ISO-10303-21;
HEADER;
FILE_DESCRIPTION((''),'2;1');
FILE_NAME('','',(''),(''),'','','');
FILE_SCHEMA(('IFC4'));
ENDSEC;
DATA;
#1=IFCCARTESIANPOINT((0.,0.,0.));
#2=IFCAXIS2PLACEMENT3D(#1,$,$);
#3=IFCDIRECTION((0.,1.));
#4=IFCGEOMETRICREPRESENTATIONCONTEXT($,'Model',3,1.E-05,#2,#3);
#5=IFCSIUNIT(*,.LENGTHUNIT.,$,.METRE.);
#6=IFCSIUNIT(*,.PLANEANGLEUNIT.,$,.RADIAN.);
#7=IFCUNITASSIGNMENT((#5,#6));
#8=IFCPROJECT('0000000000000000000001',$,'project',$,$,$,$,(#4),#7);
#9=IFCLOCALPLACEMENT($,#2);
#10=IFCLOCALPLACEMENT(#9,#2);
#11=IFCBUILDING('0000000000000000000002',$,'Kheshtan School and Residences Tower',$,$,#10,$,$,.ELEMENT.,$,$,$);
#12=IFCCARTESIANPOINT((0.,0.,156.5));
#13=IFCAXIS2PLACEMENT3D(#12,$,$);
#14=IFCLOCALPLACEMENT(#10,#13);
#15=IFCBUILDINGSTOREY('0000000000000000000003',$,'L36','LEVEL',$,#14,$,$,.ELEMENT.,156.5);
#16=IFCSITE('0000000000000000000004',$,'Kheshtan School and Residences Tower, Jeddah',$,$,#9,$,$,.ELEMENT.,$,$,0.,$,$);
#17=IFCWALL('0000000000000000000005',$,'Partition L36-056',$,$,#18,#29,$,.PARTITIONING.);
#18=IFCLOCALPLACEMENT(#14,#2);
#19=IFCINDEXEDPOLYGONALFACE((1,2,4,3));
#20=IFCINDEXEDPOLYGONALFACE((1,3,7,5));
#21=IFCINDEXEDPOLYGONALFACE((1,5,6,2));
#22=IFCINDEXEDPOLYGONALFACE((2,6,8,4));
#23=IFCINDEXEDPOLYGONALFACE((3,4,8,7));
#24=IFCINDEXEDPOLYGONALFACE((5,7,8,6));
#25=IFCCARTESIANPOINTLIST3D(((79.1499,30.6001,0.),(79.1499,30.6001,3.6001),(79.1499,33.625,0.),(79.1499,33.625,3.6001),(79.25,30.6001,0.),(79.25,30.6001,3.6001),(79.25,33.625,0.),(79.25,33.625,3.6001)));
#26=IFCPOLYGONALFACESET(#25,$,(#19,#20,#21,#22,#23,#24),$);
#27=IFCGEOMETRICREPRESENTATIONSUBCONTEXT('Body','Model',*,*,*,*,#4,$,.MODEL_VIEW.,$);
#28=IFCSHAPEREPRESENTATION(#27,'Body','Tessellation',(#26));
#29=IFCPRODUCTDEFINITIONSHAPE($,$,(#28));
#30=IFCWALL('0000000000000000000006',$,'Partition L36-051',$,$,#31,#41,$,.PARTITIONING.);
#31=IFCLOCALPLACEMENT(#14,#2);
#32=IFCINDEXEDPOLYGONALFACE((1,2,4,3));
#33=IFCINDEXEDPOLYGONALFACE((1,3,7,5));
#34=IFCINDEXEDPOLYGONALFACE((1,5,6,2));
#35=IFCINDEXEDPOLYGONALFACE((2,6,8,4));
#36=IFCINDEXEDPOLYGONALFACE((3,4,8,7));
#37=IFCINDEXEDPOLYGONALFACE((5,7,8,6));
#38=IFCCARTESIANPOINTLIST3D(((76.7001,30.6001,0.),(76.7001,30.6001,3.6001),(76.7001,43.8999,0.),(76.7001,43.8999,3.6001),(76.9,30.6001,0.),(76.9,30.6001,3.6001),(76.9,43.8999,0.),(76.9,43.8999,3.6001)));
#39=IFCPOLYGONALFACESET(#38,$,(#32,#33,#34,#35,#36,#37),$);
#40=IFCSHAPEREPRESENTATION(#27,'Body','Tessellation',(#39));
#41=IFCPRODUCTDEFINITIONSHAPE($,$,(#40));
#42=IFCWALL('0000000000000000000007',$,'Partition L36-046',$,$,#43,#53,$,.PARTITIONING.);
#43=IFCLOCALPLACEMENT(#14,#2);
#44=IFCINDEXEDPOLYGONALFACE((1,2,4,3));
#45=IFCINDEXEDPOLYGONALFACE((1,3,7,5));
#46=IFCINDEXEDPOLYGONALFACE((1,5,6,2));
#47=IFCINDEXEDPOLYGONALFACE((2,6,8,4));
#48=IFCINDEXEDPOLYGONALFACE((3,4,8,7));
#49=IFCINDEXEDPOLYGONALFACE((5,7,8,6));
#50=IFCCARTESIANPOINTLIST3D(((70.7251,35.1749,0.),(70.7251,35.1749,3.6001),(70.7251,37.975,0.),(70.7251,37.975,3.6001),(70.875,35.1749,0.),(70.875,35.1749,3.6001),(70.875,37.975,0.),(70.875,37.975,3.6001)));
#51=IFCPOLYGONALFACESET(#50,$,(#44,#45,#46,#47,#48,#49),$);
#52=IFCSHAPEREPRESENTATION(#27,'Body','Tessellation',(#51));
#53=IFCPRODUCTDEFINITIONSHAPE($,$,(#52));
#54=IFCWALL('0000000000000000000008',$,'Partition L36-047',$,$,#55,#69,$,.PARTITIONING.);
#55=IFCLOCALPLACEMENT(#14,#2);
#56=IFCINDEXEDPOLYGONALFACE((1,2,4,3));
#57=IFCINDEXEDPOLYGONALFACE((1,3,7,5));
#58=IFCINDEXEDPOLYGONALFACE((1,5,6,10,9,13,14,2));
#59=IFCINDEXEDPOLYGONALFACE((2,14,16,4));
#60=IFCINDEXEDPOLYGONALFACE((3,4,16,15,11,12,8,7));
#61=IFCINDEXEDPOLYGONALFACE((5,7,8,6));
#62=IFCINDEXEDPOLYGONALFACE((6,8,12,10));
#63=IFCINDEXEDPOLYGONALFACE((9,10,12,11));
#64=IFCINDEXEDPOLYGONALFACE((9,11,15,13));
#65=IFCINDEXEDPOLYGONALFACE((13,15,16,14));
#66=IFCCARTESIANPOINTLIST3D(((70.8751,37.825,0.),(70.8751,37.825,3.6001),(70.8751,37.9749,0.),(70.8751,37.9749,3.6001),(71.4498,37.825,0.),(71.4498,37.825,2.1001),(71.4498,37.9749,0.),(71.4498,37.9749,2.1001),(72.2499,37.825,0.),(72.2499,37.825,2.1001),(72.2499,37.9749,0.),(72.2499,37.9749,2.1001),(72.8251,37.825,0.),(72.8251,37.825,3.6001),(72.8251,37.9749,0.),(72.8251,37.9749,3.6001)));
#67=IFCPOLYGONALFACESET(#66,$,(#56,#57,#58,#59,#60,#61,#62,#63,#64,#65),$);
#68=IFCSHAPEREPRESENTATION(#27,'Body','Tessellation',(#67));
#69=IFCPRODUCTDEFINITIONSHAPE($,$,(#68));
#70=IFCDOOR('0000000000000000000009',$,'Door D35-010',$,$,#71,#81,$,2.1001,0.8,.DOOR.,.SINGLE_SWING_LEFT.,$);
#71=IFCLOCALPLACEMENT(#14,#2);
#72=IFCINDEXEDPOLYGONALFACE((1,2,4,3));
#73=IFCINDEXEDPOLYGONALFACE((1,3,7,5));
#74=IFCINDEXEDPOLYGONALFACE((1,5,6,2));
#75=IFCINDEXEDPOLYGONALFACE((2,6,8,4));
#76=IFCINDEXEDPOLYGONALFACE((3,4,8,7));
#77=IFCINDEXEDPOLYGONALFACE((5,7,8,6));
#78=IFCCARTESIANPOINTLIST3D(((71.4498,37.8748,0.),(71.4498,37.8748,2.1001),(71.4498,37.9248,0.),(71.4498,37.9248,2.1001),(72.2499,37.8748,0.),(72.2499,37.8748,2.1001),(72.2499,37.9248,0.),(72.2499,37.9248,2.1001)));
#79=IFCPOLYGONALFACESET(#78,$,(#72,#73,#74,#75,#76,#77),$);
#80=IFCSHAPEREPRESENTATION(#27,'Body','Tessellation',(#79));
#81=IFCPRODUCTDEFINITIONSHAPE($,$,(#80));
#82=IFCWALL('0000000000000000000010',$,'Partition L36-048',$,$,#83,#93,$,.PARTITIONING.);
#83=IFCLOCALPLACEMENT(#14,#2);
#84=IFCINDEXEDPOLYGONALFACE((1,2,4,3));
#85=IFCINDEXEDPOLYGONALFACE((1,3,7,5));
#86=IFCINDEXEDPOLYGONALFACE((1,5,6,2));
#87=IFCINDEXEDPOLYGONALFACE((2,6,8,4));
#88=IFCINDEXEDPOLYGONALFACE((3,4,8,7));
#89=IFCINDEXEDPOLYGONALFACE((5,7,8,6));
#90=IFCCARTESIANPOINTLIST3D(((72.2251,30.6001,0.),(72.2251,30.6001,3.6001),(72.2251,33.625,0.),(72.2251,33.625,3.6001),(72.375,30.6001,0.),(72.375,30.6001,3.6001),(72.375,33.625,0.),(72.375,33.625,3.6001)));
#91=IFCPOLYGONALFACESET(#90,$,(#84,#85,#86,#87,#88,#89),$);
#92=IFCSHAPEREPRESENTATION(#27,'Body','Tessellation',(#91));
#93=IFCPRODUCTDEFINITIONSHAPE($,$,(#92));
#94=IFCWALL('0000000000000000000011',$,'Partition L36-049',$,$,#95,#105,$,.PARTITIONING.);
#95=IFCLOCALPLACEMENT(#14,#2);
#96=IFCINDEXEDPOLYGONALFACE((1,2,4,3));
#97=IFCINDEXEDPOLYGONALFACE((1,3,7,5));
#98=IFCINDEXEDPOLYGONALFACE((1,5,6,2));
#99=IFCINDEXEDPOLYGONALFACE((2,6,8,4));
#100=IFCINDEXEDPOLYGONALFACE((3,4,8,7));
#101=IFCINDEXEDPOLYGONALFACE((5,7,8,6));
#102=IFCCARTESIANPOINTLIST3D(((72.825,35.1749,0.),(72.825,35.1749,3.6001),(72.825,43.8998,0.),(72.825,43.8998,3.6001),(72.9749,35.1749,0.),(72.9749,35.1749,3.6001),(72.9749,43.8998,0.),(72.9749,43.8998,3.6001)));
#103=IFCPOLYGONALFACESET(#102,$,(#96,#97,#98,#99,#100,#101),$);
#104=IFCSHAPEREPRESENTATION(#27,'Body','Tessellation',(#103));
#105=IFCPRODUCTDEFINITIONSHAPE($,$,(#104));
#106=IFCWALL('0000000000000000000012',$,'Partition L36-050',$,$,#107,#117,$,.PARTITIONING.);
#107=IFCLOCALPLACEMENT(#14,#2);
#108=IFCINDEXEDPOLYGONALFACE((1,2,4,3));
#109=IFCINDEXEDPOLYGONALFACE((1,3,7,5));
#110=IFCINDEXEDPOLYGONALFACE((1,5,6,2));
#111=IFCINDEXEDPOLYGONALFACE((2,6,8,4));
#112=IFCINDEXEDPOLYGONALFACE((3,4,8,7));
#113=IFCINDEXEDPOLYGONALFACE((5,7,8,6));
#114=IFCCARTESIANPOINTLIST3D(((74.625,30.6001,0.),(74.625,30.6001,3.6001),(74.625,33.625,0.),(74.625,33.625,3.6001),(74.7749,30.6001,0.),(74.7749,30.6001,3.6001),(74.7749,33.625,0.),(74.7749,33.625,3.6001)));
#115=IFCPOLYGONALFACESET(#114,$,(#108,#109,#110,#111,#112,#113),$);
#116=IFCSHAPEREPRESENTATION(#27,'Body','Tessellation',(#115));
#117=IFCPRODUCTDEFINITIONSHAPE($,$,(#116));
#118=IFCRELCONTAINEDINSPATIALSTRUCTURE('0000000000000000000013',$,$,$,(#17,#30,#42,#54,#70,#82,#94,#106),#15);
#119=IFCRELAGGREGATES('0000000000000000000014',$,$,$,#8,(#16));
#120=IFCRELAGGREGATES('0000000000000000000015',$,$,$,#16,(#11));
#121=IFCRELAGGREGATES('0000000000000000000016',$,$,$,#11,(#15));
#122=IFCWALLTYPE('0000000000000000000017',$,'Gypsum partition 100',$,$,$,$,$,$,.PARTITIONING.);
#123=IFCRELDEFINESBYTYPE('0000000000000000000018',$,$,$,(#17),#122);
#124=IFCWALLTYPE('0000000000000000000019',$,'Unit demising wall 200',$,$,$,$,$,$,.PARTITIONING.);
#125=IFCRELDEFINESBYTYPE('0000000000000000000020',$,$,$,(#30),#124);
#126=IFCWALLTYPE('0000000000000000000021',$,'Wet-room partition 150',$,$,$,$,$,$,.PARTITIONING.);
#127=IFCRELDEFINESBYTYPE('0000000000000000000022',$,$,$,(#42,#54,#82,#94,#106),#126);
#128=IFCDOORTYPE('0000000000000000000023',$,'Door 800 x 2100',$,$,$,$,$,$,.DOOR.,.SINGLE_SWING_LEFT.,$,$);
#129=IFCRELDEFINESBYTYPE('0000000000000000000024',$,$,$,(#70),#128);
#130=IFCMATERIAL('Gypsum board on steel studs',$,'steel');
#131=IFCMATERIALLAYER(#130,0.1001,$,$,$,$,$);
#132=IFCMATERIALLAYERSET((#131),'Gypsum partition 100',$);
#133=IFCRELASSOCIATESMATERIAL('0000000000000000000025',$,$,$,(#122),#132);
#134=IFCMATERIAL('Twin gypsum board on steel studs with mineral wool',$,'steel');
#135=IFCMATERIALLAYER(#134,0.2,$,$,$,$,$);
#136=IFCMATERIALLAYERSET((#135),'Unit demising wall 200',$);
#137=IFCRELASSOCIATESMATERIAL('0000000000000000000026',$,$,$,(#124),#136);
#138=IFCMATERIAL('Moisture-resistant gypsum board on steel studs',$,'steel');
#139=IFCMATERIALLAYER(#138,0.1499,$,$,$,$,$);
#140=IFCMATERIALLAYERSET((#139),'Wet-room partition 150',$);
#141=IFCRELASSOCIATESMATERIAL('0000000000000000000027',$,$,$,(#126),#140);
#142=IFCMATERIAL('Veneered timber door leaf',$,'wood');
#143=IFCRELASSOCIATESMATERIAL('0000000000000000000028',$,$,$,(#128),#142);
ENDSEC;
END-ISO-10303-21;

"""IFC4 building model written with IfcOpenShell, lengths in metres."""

from ifc_helpers import new_model, si_unit, direction, frame, frame_2d, origin, place, context, subcontext, project, spatial, rectangle, extrude, source, transform, mapped, material, layer, layer_set, type_object, element, fill, save


model = new_model("IFC4")

# Units and contexts
model_context = context("Model", 3, precision=1e-05, world=origin(), true_north=direction((0.0, 1.0)))
body_context = subcontext(model_context, "Body", "Model", "MODEL_VIEW")
ifc_project = project(units=[si_unit("LENGTHUNIT", "METRE"), si_unit("PLANEANGLEUNIT", "RADIAN")], contexts=[model_context])

# Site, building, storey
site_placement = place(None, origin())
site = spatial("IfcSite", under=ifc_project, at=site_placement, Name="Kheshtan School and Residences Tower, Jeddah", CompositionType="ELEMENT", RefElevation=0.0)
building_placement = place(site_placement, origin())
building = spatial("IfcBuilding", under=site, at=building_placement, Name="Kheshtan School and Residences Tower", CompositionType="ELEMENT")
storey_placement = place(building_placement, frame((0.0, 0.0, 156.5)))
storey = spatial("IfcBuildingStorey", under=building, at=storey_placement, Name="L36", Description="LEVEL", CompositionType="ELEMENT", Elevation=156.5)

# Walls
ifc_material_1 = material(Name="Gypsum board on steel studs", Category="steel")
ifc_layer_1 = layer(ifc_material_1, 0.1001)
ifc_layer_set_1 = layer_set([ifc_layer_1], Name="Gypsum partition 100")
wall_type_1 = type_object("IfcWallType", Name="Gypsum partition 100", PredefinedType="PARTITIONING", material=ifc_layer_set_1)
wall_1_placement = place(storey_placement, frame((79.2, 30.6001, 0.0), z_axis=(0.0, 0.0, 1.0), x_axis=(0.0, 1.0, 0.0)))
element("IfcWall", 1, at=wall_1_placement, inside=storey, type_object=wall_type_1, Name="Partition L36-056", PredefinedType="PARTITIONING", context=body_context, shape_type="SweptSolid", body=[
    extrude(rectangle(XDim=3.0249, YDim=0.1001, at=frame_2d((1.5125, 0.0))), origin(), (0.0, 0.0, 1.0), 3.6001),
])
ifc_material_2 = material(Name="Twin gypsum board on steel studs with mineral wool", Category="steel")
ifc_layer_2 = layer(ifc_material_2, 0.2)
ifc_layer_set_2 = layer_set([ifc_layer_2], Name="Unit demising wall 200")
wall_type_2 = type_object("IfcWallType", Name="Unit demising wall 200", PredefinedType="PARTITIONING", material=ifc_layer_set_2)
wall_2_placement = place(storey_placement, frame((76.8, 30.6001, 0.0), z_axis=(0.0, 0.0, 1.0), x_axis=(0.0, 1.0, 0.0)))
element("IfcWall", 2, at=wall_2_placement, inside=storey, type_object=wall_type_2, Name="Partition L36-051", PredefinedType="PARTITIONING", context=body_context, shape_type="SweptSolid", body=[
    extrude(rectangle(XDim=13.2998, YDim=0.2, at=frame_2d((6.6499, 0.0))), origin(), (0.0, 0.0, 1.0), 3.6001),
])
ifc_material_3 = material(Name="Moisture-resistant gypsum board on steel studs", Category="steel")
ifc_layer_3 = layer(ifc_material_3, 0.1499)
ifc_layer_set_3 = layer_set([ifc_layer_3], Name="Wet-room partition 150")
wall_type_3 = type_object("IfcWallType", Name="Wet-room partition 150", PredefinedType="PARTITIONING", material=ifc_layer_set_3)
wall_3_placement = place(storey_placement, frame((70.8, 35.175, 0.0), z_axis=(0.0, 0.0, 1.0), x_axis=(0.0, 1.0, 0.0)))
element("IfcWall", 3, at=wall_3_placement, inside=storey, type_object=wall_type_3, Name="Partition L36-046", PredefinedType="PARTITIONING", context=body_context, shape_type="SweptSolid", body=[
    extrude(rectangle(XDim=2.8, YDim=0.1499, at=frame_2d((1.3999, 0.0))), origin(), (0.0, 0.0, 1.0), 3.6001),
])

# Wall, opening, door
wall_4_placement = place(storey_placement, frame((70.875, 37.8999, 0.0), z_axis=(0.0, 0.0, 1.0), x_axis=(1.0, 0.0, 0.0)))
wall_4 = element("IfcWall", 4, at=wall_4_placement, inside=storey, type_object=wall_type_3, Name="Partition L36-047", PredefinedType="PARTITIONING", context=body_context, shape_type="SweptSolid", body=[
    extrude(rectangle(XDim=1.95, YDim=0.1499, at=frame_2d((0.9751, 0.0))), origin(), (0.0, 0.0, 1.0), 3.6001),
])
opening_1_placement = place(wall_4_placement, frame((0.575, 0.0, 0.0)))
opening_1 = element("IfcOpeningElement", 5, at=opening_1_placement, cuts=wall_4, PredefinedType="OPENING", context=body_context, shape_type="SweptSolid", body=[
    extrude(rectangle(XDim=0.8, YDim=2.1001, at=frame_2d((0.3999, 1.05))), frame((0.0, 0.085, 0.0), z_axis=(0.0, -1.0, 0.0), x_axis=(1.0, 0.0, 0.0)), (0.0, 0.0, 1.0), 0.1699),
])
ifc_material_4 = material(Name="Veneered timber door leaf", Category="wood")
door_type_1 = type_object("IfcDoorType", Name="Door 800 x 2100", OperationType="SINGLE_SWING_LEFT", PredefinedType="DOOR", material=ifc_material_4)
shared_shape_1 = source(origin(), body_context, "Body", "SweptSolid", [
    extrude(rectangle(XDim=0.8, YDim=2.1001, at=frame_2d((0.3999, 1.05))), frame((0.0, 0.0249, 0.0), z_axis=(0.0, -1.0, 0.0), x_axis=(1.0, 0.0, 0.0)), (0.0, 0.0, 1.0), 0.05),
])
door_1_placement = place(opening_1_placement, origin())
door_1 = element("IfcDoor", 6, at=door_1_placement, inside=storey, type_object=door_type_1, Name="Door D35-010", OperationType="SINGLE_SWING_LEFT", OverallHeight=2.1001, OverallWidth=0.8, PredefinedType="DOOR", context=body_context, shape_type="MappedRepresentation", body=[
    mapped(shared_shape_1, transform((0.0, 0.0, 0.0), x_axis=(1.0, 0.0, 0.0), y_axis=(0.0, 1.0, 0.0), z_axis=(0.0, 0.0, 1.0), scale=1.0)),
])
fill(opening_1, door_1)

# Walls
wall_5_placement = place(storey_placement, frame((72.3, 30.6001, 0.0), z_axis=(0.0, 0.0, 1.0), x_axis=(0.0, 1.0, 0.0)))
element("IfcWall", 7, at=wall_5_placement, inside=storey, type_object=wall_type_3, Name="Partition L36-048", PredefinedType="PARTITIONING", context=body_context, shape_type="SweptSolid", body=[
    extrude(rectangle(XDim=3.0249, YDim=0.1499, at=frame_2d((1.5125, 0.0))), origin(), (0.0, 0.0, 1.0), 3.6001),
])
wall_6_placement = place(storey_placement, frame((72.8999, 35.175, 0.0), z_axis=(0.0, 0.0, 1.0), x_axis=(0.0, 1.0, 0.0)))
element("IfcWall", 8, at=wall_6_placement, inside=storey, type_object=wall_type_3, Name="Partition L36-049", PredefinedType="PARTITIONING", context=body_context, shape_type="SweptSolid", body=[
    extrude(rectangle(XDim=8.7249, YDim=0.1499, at=frame_2d((4.3623, 0.0))), origin(), (0.0, 0.0, 1.0), 3.6001),
])
wall_7_placement = place(storey_placement, frame((74.7, 30.6001, 0.0), z_axis=(0.0, 0.0, 1.0), x_axis=(0.0, 1.0, 0.0)))
element("IfcWall", 9, at=wall_7_placement, inside=storey, type_object=wall_type_3, Name="Partition L36-050", PredefinedType="PARTITIONING", context=body_context, shape_type="SweptSolid", body=[
    extrude(rectangle(XDim=3.0249, YDim=0.1499, at=frame_2d((1.5125, 0.0))), origin(), (0.0, 0.0, 1.0), 3.6001),
])

save(model, "model.ifc")
